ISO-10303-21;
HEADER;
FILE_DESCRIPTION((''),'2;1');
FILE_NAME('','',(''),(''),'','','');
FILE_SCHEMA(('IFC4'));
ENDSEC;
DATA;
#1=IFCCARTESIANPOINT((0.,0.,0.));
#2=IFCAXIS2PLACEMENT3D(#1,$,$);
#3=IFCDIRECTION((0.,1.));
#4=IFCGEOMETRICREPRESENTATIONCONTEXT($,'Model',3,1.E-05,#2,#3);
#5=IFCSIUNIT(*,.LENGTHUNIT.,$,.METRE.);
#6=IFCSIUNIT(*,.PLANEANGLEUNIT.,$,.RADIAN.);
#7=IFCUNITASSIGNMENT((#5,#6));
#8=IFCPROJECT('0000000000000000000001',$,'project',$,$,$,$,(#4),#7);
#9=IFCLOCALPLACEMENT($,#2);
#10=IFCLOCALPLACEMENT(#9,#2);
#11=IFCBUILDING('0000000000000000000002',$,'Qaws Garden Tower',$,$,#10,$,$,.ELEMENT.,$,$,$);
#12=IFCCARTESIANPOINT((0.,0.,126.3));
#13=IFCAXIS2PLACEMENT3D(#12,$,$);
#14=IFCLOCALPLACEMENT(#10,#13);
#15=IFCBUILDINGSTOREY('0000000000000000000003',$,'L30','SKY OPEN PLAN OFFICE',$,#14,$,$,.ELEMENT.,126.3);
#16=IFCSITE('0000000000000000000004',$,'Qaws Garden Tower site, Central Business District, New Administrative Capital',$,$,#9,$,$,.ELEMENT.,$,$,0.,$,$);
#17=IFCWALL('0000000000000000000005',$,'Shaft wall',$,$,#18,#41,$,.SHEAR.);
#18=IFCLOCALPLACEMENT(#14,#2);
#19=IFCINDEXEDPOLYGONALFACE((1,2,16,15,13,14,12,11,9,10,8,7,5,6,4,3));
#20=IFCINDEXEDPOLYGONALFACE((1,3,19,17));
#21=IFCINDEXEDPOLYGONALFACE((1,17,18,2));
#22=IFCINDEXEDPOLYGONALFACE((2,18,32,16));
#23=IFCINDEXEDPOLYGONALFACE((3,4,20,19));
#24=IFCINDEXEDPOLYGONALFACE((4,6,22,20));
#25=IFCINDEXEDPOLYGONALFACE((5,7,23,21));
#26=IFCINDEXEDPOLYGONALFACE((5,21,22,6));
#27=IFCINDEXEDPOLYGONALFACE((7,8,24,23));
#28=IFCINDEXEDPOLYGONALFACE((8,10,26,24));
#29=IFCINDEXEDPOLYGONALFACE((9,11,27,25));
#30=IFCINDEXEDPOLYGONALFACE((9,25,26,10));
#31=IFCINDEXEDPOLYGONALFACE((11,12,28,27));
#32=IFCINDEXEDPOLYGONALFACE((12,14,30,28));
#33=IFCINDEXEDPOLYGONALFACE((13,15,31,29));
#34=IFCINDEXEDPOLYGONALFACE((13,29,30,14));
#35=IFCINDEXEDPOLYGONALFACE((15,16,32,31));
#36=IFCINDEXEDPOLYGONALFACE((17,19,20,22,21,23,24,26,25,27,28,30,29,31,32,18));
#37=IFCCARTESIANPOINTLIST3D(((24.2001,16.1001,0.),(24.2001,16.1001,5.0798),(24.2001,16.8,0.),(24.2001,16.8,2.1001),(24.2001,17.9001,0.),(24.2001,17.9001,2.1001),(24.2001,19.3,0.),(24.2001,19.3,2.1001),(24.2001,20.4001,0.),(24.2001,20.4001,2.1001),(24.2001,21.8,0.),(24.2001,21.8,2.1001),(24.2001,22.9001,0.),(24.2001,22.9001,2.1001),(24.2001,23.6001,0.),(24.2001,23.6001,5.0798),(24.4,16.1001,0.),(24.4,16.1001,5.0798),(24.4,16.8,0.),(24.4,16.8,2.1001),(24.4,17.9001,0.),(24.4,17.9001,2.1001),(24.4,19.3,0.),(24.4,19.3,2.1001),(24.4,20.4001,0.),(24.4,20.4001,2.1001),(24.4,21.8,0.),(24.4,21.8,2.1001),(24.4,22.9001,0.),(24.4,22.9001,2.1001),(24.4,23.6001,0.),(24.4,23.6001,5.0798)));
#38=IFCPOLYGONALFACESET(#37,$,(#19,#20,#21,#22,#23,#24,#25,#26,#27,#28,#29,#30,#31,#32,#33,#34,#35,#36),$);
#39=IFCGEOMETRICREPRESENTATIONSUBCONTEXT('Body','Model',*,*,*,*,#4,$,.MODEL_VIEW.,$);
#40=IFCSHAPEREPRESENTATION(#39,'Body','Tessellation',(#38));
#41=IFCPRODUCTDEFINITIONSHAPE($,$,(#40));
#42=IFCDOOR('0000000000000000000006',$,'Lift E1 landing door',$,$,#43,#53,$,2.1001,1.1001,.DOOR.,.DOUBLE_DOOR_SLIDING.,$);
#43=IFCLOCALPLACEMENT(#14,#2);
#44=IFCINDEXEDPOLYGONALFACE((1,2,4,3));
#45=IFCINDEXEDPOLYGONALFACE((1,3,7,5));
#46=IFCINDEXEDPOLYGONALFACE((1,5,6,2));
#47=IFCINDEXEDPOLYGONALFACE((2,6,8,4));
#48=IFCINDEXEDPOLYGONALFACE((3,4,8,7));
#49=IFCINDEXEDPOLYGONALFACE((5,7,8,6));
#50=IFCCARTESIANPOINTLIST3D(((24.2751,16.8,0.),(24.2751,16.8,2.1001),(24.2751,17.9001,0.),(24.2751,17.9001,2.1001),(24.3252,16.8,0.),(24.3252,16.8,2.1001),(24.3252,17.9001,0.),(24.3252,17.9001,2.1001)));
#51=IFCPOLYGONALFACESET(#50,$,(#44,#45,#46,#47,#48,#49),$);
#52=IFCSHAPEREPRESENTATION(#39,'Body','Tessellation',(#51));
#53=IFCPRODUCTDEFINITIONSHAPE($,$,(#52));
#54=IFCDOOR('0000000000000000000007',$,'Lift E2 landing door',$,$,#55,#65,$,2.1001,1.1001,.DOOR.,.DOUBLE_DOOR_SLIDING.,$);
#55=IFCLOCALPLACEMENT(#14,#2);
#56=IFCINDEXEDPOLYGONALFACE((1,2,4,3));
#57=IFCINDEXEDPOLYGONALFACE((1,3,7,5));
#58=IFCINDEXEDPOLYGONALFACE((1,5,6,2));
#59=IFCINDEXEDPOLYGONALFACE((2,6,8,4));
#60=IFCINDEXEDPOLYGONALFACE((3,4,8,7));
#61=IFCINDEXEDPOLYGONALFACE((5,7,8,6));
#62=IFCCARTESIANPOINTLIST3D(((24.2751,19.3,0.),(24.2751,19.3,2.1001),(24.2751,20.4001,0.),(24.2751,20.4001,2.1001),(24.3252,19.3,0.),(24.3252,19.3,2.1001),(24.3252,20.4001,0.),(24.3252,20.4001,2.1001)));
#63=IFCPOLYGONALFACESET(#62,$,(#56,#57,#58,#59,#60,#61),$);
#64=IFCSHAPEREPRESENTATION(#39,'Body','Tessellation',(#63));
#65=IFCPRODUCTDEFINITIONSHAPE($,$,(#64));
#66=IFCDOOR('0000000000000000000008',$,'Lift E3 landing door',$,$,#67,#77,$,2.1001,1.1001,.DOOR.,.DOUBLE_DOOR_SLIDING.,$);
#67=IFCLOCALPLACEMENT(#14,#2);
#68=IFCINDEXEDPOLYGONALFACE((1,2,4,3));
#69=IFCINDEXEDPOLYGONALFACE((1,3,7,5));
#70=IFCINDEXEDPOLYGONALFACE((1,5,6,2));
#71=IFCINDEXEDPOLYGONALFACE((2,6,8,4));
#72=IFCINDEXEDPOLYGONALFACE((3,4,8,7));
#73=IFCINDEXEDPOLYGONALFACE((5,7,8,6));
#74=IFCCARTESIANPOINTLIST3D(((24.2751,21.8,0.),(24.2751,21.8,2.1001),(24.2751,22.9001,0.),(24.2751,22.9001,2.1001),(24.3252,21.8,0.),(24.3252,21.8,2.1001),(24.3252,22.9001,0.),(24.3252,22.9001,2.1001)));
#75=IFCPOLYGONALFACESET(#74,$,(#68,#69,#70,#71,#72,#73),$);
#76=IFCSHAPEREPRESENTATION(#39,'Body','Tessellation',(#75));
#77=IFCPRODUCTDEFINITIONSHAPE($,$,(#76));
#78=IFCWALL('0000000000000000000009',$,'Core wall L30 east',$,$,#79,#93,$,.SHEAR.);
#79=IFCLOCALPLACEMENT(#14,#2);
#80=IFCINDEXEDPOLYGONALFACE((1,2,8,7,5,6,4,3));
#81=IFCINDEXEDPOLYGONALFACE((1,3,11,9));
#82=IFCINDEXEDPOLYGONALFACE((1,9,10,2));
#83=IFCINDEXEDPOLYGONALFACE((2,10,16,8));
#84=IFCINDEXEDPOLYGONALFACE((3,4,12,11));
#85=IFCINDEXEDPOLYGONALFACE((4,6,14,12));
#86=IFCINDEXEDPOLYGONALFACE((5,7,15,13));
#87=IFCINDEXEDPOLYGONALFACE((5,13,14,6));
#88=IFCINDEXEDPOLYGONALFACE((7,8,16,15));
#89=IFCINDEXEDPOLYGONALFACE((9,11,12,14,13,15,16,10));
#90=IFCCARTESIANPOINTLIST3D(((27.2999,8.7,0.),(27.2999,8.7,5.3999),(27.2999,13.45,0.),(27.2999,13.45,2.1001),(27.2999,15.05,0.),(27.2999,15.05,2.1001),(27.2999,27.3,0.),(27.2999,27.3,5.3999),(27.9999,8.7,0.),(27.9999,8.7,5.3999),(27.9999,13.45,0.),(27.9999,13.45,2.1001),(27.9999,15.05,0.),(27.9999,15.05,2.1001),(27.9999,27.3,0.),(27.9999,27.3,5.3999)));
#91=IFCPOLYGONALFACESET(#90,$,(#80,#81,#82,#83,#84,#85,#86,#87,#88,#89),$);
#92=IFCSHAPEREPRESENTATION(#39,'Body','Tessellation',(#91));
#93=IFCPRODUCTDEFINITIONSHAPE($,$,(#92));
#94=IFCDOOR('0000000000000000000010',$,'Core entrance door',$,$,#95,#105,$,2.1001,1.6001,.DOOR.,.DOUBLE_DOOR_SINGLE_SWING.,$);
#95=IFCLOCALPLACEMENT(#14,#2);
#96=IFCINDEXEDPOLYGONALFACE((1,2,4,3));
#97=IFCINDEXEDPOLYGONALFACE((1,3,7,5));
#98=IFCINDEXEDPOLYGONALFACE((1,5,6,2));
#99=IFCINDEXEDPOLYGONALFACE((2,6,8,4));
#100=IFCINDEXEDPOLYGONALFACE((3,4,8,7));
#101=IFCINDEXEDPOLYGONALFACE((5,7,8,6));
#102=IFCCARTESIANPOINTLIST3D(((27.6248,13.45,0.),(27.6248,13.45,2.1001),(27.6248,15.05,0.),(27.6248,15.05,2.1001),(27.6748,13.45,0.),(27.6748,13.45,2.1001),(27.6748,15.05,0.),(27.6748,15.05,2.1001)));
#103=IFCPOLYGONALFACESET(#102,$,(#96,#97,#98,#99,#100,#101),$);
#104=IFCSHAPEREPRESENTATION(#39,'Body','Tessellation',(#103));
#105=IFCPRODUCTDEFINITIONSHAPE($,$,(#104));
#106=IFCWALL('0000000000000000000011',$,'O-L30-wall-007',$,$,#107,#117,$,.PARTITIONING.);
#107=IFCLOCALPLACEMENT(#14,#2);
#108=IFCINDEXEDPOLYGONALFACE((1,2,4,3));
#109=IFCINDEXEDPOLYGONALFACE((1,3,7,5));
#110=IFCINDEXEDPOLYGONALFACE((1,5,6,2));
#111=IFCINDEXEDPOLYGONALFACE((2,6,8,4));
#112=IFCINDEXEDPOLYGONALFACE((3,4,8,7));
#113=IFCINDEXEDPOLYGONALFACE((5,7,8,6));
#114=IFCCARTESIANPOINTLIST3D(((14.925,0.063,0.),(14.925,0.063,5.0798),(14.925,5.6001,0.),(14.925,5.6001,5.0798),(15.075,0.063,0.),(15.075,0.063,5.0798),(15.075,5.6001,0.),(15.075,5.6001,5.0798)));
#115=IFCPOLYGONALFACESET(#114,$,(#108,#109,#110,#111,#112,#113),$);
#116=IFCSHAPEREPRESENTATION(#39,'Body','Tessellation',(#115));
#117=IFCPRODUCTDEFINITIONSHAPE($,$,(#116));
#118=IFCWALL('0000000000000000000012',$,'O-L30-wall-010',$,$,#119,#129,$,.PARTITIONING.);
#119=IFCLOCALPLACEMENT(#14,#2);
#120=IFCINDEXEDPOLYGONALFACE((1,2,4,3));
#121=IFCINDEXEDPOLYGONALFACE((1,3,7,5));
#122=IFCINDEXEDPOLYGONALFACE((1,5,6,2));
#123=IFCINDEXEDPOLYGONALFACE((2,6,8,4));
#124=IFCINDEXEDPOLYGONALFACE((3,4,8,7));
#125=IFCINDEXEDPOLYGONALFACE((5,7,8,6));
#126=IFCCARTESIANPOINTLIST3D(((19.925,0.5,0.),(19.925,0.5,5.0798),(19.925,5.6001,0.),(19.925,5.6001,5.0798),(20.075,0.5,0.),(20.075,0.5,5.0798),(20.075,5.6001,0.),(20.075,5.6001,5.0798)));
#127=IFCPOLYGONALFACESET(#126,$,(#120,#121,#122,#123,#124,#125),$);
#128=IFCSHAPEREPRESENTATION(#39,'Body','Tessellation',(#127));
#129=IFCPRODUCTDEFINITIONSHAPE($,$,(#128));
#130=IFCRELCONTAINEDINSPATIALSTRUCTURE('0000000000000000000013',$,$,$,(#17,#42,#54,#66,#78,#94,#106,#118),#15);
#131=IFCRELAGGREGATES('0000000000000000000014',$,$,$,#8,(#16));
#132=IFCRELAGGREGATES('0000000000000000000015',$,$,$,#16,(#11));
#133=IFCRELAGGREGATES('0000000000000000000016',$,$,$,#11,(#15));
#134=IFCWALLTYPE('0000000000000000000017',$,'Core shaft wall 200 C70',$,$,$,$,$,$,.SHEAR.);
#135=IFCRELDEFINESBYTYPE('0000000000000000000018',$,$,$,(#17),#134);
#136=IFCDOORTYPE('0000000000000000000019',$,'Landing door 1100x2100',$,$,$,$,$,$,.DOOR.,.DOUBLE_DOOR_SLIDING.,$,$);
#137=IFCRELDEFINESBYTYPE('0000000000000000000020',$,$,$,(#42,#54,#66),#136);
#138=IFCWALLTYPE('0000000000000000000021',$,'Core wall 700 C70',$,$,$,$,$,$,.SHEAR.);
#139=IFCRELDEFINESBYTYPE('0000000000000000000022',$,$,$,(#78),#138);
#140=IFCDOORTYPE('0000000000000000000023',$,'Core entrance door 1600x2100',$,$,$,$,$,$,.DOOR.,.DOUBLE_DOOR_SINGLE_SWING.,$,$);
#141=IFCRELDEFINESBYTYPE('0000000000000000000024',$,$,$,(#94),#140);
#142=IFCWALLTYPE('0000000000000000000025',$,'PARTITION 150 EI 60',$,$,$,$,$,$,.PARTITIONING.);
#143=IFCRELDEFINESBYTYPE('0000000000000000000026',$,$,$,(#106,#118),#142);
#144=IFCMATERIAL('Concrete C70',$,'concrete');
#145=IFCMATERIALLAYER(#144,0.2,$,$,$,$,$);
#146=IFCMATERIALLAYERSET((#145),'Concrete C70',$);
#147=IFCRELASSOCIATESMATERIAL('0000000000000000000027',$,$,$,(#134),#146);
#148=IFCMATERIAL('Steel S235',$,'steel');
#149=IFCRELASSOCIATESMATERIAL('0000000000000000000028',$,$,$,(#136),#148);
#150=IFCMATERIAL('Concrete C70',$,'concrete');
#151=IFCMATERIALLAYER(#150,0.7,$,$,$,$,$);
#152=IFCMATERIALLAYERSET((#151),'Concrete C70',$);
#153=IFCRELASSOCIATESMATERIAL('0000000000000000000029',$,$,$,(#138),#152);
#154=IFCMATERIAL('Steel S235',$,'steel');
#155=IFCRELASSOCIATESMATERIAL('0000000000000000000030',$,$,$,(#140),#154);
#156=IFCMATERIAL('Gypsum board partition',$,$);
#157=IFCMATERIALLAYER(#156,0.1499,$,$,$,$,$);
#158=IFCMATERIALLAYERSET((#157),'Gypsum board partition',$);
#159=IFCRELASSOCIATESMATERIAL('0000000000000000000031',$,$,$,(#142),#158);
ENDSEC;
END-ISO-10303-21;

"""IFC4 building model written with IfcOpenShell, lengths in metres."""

from ifc_helpers import new_model, si_unit, direction, frame, frame_2d, origin, place, context, subcontext, project, spatial, rectangle, extrude, material, layer, layer_set, type_object, element, fill, save


model = new_model("IFC4")

# Units and contexts
model_context = context("Model", 3, precision=1e-05, world=origin(), true_north=direction((0.0, 1.0)))
body_context = subcontext(model_context, "Body", "Model", "MODEL_VIEW")
ifc_project = project(units=[si_unit("LENGTHUNIT", "METRE"), si_unit("PLANEANGLEUNIT", "RADIAN")], contexts=[model_context])

# Site, building, storey
site_placement = place(None, origin())
site = spatial("IfcSite", under=ifc_project, at=site_placement, Name="Qaws Garden Tower site, Central Business District, New Administrative Capital", CompositionType="ELEMENT", RefElevation=0.0)
building_placement = place(site_placement, origin())
building = spatial("IfcBuilding", under=site, at=building_placement, Name="Qaws Garden Tower", CompositionType="ELEMENT")
storey_placement = place(building_placement, frame((0.0, 0.0, 126.3)))
storey = spatial("IfcBuildingStorey", under=building, at=storey_placement, Name="L30", Description="SKY OPEN PLAN OFFICE", CompositionType="ELEMENT", Elevation=126.3)

# Shared definitions
ifc_material_1 = material(Name="Concrete C70", Category="concrete")
ifc_layer_1 = layer(ifc_material_1, 0.2)
ifc_layer_set_1 = layer_set([ifc_layer_1], Name="Concrete C70")
wall_type_1 = type_object("IfcWallType", Name="Core shaft wall 200 C70", PredefinedType="SHEAR", material=ifc_layer_set_1)

# Wall, openings, doors
wall_1_placement = place(storey_placement, frame((24.3, 16.1001, 0.0), z_axis=(0.0, 0.0, 1.0), x_axis=(0.0, 1.0, 0.0)))
wall_1 = element("IfcWall", 1, at=wall_1_placement, inside=storey, type_object=wall_type_1, Name="Shaft wall", PredefinedType="SHEAR", context=body_context, shape_type="SweptSolid", body=[
    extrude(rectangle(XDim=7.5, YDim=0.2, at=frame_2d((3.75, 0.0))), origin(), (0.0, 0.0, 1.0), 5.0798),
])
opening_1_placement = place(wall_1_placement, frame((0.7, 0.0, 0.0)))
opening_1 = element("IfcOpeningElement", 2, at=opening_1_placement, cuts=wall_1, PredefinedType="OPENING", context=body_context, shape_type="SweptSolid", body=[
    extrude(rectangle(XDim=1.1001, YDim=2.1001, at=frame_2d((0.55, 1.05))), frame((0.0, 0.1099, 0.0), z_axis=(0.0, -1.0, 0.0), x_axis=(1.0, 0.0, 0.0)), (0.0, 0.0, 1.0), 0.22),
])
opening_2_placement = place(wall_1_placement, frame((3.2, 0.0, 0.0)))
opening_2 = element("IfcOpeningElement", 3, at=opening_2_placement, cuts=wall_1, PredefinedType="OPENING", context=body_context, shape_type="SweptSolid", body=[
    extrude(rectangle(XDim=1.1001, YDim=2.1001, at=frame_2d((0.55, 1.05))), frame((0.0, 0.1099, 0.0), z_axis=(0.0, -1.0, 0.0), x_axis=(1.0, 0.0, 0.0)), (0.0, 0.0, 1.0), 0.22),
])
opening_3_placement = place(wall_1_placement, frame((5.7, 0.0, 0.0)))
opening_3 = element("IfcOpeningElement", 4, at=opening_3_placement, cuts=wall_1, PredefinedType="OPENING", context=body_context, shape_type="SweptSolid", body=[
    extrude(rectangle(XDim=1.1001, YDim=2.1001, at=frame_2d((0.55, 1.05))), frame((0.0, 0.1099, 0.0), z_axis=(0.0, -1.0, 0.0), x_axis=(1.0, 0.0, 0.0)), (0.0, 0.0, 1.0), 0.22),
])
ifc_material_2 = material(Name="Steel S235", Category="steel")
door_type_1 = type_object("IfcDoorType", Name="Landing door 1100x2100", OperationType="DOUBLE_DOOR_SLIDING", PredefinedType="DOOR", material=ifc_material_2)
door_1_placement = place(opening_1_placement, origin())
door_1 = element("IfcDoor", 5, at=door_1_placement, inside=storey, type_object=door_type_1, Name="Lift E1 landing door", OperationType="DOUBLE_DOOR_SLIDING", OverallHeight=2.1001, OverallWidth=1.1001, PredefinedType="DOOR", context=body_context, shape_type="SweptSolid", body=[
    extrude(rectangle(XDim=1.1001, YDim=2.1001, at=frame_2d((0.55, 1.05))), frame((0.0, 0.0249, 0.0), z_axis=(0.0, -1.0, 0.0), x_axis=(1.0, 0.0, 0.0)), (0.0, 0.0, 1.0), 0.05),
])
fill(opening_1, door_1)
door_2_placement = place(opening_2_placement, origin())
door_2 = element("IfcDoor", 6, at=door_2_placement, inside=storey, type_object=door_type_1, Name="Lift E2 landing door", OperationType="DOUBLE_DOOR_SLIDING", OverallHeight=2.1001, OverallWidth=1.1001, PredefinedType="DOOR", context=body_context, shape_type="SweptSolid", body=[
    extrude(rectangle(XDim=1.1001, YDim=2.1001, at=frame_2d((0.55, 1.05))), frame((0.0, 0.0249, 0.0), z_axis=(0.0, -1.0, 0.0), x_axis=(1.0, 0.0, 0.0)), (0.0, 0.0, 1.0), 0.05),
])
fill(opening_2, door_2)
door_3_placement = place(opening_3_placement, origin())
door_3 = element("IfcDoor", 7, at=door_3_placement, inside=storey, type_object=door_type_1, Name="Lift E3 landing door", OperationType="DOUBLE_DOOR_SLIDING", OverallHeight=2.1001, OverallWidth=1.1001, PredefinedType="DOOR", context=body_context, shape_type="SweptSolid", body=[
    extrude(rectangle(XDim=1.1001, YDim=2.1001, at=frame_2d((0.55, 1.05))), frame((0.0, 0.0249, 0.0), z_axis=(0.0, -1.0, 0.0), x_axis=(1.0, 0.0, 0.0)), (0.0, 0.0, 1.0), 0.05),
])
fill(opening_3, door_3)

# Wall, opening, door
ifc_material_3 = material(Name="Concrete C70", Category="concrete")
ifc_layer_2 = layer(ifc_material_3, 0.7)
ifc_layer_set_2 = layer_set([ifc_layer_2], Name="Concrete C70")
wall_type_2 = type_object("IfcWallType", Name="Core wall 700 C70", PredefinedType="SHEAR", material=ifc_layer_set_2)
wall_2_placement = place(storey_placement, frame((27.6499, 8.7, 0.0), z_axis=(0.0, 0.0, 1.0), x_axis=(0.0, 1.0, 0.0)))
wall_2 = element("IfcWall", 8, at=wall_2_placement, inside=storey, type_object=wall_type_2, Name="Core wall L30 east", PredefinedType="SHEAR", context=body_context, shape_type="SweptSolid", body=[
    extrude(rectangle(XDim=18.6001, YDim=0.7, at=frame_2d((9.3, 0.0))), origin(), (0.0, 0.0, 1.0), 5.3999),
])
opening_4_placement = place(wall_2_placement, frame((4.75, 0.0, 0.0)))
opening_4 = element("IfcOpeningElement", 9, at=opening_4_placement, cuts=wall_2, PredefinedType="OPENING", context=body_context, shape_type="SweptSolid", body=[
    extrude(rectangle(XDim=1.6001, YDim=2.1001, at=frame_2d((0.8, 1.05))), frame((0.0, 0.3599, 0.0), z_axis=(0.0, -1.0, 0.0), x_axis=(1.0, 0.0, 0.0)), (0.0, 0.0, 1.0), 0.72),
])
ifc_material_4 = material(Name="Steel S235", Category="steel")
door_type_2 = type_object("IfcDoorType", Name="Core entrance door 1600x2100", OperationType="DOUBLE_DOOR_SINGLE_SWING", PredefinedType="DOOR", material=ifc_material_4)
door_4_placement = place(opening_4_placement, frame((1.6001, 0.0, 0.0), z_axis=(0.0, 0.0, 1.0), x_axis=(-1.0, 0.0, 0.0)))
door_4 = element("IfcDoor", 10, at=door_4_placement, inside=storey, type_object=door_type_2, Name="Core entrance door", OperationType="DOUBLE_DOOR_SINGLE_SWING", OverallHeight=2.1001, OverallWidth=1.6001, PredefinedType="DOOR", context=body_context, shape_type="SweptSolid", body=[
    extrude(rectangle(XDim=1.6001, YDim=2.1001, at=frame_2d((0.8, 1.05))), frame((0.0, 0.0249, 0.0), z_axis=(0.0, -1.0, 0.0), x_axis=(1.0, 0.0, 0.0)), (0.0, 0.0, 1.0), 0.05),
])
fill(opening_4, door_4)

# Walls
ifc_material_5 = material(Name="Gypsum board partition")
ifc_layer_3 = layer(ifc_material_5, 0.1499)
ifc_layer_set_3 = layer_set([ifc_layer_3], Name="Gypsum board partition")
wall_type_3 = type_object("IfcWallType", Name="PARTITION 150 EI 60", PredefinedType="PARTITIONING", material=ifc_layer_set_3)
wall_3_placement = place(storey_placement, frame((15.0, 0.063, 0.0), z_axis=(0.0, 0.0, 1.0), x_axis=(0.0, 1.0, 0.0)))
element("IfcWall", 11, at=wall_3_placement, inside=storey, type_object=wall_type_3, Name="O-L30-wall-007", PredefinedType="PARTITIONING", context=body_context, shape_type="SweptSolid", body=[
    extrude(rectangle(XDim=5.5371, YDim=0.1499, at=frame_2d((2.7686, 0.0))), origin(), (0.0, 0.0, 1.0), 5.0798),
])
wall_4_placement = place(storey_placement, frame((20.0, 0.5, 0.0), z_axis=(0.0, 0.0, 1.0), x_axis=(0.0, 1.0, 0.0)))
element("IfcWall", 12, at=wall_4_placement, inside=storey, type_object=wall_type_3, Name="O-L30-wall-010", PredefinedType="PARTITIONING", context=body_context, shape_type="SweptSolid", body=[
    extrude(rectangle(XDim=5.1001, YDim=0.1499, at=frame_2d((2.55, 0.0))), origin(), (0.0, 0.0, 1.0), 5.0798),
])

save(model, "model.ifc")
